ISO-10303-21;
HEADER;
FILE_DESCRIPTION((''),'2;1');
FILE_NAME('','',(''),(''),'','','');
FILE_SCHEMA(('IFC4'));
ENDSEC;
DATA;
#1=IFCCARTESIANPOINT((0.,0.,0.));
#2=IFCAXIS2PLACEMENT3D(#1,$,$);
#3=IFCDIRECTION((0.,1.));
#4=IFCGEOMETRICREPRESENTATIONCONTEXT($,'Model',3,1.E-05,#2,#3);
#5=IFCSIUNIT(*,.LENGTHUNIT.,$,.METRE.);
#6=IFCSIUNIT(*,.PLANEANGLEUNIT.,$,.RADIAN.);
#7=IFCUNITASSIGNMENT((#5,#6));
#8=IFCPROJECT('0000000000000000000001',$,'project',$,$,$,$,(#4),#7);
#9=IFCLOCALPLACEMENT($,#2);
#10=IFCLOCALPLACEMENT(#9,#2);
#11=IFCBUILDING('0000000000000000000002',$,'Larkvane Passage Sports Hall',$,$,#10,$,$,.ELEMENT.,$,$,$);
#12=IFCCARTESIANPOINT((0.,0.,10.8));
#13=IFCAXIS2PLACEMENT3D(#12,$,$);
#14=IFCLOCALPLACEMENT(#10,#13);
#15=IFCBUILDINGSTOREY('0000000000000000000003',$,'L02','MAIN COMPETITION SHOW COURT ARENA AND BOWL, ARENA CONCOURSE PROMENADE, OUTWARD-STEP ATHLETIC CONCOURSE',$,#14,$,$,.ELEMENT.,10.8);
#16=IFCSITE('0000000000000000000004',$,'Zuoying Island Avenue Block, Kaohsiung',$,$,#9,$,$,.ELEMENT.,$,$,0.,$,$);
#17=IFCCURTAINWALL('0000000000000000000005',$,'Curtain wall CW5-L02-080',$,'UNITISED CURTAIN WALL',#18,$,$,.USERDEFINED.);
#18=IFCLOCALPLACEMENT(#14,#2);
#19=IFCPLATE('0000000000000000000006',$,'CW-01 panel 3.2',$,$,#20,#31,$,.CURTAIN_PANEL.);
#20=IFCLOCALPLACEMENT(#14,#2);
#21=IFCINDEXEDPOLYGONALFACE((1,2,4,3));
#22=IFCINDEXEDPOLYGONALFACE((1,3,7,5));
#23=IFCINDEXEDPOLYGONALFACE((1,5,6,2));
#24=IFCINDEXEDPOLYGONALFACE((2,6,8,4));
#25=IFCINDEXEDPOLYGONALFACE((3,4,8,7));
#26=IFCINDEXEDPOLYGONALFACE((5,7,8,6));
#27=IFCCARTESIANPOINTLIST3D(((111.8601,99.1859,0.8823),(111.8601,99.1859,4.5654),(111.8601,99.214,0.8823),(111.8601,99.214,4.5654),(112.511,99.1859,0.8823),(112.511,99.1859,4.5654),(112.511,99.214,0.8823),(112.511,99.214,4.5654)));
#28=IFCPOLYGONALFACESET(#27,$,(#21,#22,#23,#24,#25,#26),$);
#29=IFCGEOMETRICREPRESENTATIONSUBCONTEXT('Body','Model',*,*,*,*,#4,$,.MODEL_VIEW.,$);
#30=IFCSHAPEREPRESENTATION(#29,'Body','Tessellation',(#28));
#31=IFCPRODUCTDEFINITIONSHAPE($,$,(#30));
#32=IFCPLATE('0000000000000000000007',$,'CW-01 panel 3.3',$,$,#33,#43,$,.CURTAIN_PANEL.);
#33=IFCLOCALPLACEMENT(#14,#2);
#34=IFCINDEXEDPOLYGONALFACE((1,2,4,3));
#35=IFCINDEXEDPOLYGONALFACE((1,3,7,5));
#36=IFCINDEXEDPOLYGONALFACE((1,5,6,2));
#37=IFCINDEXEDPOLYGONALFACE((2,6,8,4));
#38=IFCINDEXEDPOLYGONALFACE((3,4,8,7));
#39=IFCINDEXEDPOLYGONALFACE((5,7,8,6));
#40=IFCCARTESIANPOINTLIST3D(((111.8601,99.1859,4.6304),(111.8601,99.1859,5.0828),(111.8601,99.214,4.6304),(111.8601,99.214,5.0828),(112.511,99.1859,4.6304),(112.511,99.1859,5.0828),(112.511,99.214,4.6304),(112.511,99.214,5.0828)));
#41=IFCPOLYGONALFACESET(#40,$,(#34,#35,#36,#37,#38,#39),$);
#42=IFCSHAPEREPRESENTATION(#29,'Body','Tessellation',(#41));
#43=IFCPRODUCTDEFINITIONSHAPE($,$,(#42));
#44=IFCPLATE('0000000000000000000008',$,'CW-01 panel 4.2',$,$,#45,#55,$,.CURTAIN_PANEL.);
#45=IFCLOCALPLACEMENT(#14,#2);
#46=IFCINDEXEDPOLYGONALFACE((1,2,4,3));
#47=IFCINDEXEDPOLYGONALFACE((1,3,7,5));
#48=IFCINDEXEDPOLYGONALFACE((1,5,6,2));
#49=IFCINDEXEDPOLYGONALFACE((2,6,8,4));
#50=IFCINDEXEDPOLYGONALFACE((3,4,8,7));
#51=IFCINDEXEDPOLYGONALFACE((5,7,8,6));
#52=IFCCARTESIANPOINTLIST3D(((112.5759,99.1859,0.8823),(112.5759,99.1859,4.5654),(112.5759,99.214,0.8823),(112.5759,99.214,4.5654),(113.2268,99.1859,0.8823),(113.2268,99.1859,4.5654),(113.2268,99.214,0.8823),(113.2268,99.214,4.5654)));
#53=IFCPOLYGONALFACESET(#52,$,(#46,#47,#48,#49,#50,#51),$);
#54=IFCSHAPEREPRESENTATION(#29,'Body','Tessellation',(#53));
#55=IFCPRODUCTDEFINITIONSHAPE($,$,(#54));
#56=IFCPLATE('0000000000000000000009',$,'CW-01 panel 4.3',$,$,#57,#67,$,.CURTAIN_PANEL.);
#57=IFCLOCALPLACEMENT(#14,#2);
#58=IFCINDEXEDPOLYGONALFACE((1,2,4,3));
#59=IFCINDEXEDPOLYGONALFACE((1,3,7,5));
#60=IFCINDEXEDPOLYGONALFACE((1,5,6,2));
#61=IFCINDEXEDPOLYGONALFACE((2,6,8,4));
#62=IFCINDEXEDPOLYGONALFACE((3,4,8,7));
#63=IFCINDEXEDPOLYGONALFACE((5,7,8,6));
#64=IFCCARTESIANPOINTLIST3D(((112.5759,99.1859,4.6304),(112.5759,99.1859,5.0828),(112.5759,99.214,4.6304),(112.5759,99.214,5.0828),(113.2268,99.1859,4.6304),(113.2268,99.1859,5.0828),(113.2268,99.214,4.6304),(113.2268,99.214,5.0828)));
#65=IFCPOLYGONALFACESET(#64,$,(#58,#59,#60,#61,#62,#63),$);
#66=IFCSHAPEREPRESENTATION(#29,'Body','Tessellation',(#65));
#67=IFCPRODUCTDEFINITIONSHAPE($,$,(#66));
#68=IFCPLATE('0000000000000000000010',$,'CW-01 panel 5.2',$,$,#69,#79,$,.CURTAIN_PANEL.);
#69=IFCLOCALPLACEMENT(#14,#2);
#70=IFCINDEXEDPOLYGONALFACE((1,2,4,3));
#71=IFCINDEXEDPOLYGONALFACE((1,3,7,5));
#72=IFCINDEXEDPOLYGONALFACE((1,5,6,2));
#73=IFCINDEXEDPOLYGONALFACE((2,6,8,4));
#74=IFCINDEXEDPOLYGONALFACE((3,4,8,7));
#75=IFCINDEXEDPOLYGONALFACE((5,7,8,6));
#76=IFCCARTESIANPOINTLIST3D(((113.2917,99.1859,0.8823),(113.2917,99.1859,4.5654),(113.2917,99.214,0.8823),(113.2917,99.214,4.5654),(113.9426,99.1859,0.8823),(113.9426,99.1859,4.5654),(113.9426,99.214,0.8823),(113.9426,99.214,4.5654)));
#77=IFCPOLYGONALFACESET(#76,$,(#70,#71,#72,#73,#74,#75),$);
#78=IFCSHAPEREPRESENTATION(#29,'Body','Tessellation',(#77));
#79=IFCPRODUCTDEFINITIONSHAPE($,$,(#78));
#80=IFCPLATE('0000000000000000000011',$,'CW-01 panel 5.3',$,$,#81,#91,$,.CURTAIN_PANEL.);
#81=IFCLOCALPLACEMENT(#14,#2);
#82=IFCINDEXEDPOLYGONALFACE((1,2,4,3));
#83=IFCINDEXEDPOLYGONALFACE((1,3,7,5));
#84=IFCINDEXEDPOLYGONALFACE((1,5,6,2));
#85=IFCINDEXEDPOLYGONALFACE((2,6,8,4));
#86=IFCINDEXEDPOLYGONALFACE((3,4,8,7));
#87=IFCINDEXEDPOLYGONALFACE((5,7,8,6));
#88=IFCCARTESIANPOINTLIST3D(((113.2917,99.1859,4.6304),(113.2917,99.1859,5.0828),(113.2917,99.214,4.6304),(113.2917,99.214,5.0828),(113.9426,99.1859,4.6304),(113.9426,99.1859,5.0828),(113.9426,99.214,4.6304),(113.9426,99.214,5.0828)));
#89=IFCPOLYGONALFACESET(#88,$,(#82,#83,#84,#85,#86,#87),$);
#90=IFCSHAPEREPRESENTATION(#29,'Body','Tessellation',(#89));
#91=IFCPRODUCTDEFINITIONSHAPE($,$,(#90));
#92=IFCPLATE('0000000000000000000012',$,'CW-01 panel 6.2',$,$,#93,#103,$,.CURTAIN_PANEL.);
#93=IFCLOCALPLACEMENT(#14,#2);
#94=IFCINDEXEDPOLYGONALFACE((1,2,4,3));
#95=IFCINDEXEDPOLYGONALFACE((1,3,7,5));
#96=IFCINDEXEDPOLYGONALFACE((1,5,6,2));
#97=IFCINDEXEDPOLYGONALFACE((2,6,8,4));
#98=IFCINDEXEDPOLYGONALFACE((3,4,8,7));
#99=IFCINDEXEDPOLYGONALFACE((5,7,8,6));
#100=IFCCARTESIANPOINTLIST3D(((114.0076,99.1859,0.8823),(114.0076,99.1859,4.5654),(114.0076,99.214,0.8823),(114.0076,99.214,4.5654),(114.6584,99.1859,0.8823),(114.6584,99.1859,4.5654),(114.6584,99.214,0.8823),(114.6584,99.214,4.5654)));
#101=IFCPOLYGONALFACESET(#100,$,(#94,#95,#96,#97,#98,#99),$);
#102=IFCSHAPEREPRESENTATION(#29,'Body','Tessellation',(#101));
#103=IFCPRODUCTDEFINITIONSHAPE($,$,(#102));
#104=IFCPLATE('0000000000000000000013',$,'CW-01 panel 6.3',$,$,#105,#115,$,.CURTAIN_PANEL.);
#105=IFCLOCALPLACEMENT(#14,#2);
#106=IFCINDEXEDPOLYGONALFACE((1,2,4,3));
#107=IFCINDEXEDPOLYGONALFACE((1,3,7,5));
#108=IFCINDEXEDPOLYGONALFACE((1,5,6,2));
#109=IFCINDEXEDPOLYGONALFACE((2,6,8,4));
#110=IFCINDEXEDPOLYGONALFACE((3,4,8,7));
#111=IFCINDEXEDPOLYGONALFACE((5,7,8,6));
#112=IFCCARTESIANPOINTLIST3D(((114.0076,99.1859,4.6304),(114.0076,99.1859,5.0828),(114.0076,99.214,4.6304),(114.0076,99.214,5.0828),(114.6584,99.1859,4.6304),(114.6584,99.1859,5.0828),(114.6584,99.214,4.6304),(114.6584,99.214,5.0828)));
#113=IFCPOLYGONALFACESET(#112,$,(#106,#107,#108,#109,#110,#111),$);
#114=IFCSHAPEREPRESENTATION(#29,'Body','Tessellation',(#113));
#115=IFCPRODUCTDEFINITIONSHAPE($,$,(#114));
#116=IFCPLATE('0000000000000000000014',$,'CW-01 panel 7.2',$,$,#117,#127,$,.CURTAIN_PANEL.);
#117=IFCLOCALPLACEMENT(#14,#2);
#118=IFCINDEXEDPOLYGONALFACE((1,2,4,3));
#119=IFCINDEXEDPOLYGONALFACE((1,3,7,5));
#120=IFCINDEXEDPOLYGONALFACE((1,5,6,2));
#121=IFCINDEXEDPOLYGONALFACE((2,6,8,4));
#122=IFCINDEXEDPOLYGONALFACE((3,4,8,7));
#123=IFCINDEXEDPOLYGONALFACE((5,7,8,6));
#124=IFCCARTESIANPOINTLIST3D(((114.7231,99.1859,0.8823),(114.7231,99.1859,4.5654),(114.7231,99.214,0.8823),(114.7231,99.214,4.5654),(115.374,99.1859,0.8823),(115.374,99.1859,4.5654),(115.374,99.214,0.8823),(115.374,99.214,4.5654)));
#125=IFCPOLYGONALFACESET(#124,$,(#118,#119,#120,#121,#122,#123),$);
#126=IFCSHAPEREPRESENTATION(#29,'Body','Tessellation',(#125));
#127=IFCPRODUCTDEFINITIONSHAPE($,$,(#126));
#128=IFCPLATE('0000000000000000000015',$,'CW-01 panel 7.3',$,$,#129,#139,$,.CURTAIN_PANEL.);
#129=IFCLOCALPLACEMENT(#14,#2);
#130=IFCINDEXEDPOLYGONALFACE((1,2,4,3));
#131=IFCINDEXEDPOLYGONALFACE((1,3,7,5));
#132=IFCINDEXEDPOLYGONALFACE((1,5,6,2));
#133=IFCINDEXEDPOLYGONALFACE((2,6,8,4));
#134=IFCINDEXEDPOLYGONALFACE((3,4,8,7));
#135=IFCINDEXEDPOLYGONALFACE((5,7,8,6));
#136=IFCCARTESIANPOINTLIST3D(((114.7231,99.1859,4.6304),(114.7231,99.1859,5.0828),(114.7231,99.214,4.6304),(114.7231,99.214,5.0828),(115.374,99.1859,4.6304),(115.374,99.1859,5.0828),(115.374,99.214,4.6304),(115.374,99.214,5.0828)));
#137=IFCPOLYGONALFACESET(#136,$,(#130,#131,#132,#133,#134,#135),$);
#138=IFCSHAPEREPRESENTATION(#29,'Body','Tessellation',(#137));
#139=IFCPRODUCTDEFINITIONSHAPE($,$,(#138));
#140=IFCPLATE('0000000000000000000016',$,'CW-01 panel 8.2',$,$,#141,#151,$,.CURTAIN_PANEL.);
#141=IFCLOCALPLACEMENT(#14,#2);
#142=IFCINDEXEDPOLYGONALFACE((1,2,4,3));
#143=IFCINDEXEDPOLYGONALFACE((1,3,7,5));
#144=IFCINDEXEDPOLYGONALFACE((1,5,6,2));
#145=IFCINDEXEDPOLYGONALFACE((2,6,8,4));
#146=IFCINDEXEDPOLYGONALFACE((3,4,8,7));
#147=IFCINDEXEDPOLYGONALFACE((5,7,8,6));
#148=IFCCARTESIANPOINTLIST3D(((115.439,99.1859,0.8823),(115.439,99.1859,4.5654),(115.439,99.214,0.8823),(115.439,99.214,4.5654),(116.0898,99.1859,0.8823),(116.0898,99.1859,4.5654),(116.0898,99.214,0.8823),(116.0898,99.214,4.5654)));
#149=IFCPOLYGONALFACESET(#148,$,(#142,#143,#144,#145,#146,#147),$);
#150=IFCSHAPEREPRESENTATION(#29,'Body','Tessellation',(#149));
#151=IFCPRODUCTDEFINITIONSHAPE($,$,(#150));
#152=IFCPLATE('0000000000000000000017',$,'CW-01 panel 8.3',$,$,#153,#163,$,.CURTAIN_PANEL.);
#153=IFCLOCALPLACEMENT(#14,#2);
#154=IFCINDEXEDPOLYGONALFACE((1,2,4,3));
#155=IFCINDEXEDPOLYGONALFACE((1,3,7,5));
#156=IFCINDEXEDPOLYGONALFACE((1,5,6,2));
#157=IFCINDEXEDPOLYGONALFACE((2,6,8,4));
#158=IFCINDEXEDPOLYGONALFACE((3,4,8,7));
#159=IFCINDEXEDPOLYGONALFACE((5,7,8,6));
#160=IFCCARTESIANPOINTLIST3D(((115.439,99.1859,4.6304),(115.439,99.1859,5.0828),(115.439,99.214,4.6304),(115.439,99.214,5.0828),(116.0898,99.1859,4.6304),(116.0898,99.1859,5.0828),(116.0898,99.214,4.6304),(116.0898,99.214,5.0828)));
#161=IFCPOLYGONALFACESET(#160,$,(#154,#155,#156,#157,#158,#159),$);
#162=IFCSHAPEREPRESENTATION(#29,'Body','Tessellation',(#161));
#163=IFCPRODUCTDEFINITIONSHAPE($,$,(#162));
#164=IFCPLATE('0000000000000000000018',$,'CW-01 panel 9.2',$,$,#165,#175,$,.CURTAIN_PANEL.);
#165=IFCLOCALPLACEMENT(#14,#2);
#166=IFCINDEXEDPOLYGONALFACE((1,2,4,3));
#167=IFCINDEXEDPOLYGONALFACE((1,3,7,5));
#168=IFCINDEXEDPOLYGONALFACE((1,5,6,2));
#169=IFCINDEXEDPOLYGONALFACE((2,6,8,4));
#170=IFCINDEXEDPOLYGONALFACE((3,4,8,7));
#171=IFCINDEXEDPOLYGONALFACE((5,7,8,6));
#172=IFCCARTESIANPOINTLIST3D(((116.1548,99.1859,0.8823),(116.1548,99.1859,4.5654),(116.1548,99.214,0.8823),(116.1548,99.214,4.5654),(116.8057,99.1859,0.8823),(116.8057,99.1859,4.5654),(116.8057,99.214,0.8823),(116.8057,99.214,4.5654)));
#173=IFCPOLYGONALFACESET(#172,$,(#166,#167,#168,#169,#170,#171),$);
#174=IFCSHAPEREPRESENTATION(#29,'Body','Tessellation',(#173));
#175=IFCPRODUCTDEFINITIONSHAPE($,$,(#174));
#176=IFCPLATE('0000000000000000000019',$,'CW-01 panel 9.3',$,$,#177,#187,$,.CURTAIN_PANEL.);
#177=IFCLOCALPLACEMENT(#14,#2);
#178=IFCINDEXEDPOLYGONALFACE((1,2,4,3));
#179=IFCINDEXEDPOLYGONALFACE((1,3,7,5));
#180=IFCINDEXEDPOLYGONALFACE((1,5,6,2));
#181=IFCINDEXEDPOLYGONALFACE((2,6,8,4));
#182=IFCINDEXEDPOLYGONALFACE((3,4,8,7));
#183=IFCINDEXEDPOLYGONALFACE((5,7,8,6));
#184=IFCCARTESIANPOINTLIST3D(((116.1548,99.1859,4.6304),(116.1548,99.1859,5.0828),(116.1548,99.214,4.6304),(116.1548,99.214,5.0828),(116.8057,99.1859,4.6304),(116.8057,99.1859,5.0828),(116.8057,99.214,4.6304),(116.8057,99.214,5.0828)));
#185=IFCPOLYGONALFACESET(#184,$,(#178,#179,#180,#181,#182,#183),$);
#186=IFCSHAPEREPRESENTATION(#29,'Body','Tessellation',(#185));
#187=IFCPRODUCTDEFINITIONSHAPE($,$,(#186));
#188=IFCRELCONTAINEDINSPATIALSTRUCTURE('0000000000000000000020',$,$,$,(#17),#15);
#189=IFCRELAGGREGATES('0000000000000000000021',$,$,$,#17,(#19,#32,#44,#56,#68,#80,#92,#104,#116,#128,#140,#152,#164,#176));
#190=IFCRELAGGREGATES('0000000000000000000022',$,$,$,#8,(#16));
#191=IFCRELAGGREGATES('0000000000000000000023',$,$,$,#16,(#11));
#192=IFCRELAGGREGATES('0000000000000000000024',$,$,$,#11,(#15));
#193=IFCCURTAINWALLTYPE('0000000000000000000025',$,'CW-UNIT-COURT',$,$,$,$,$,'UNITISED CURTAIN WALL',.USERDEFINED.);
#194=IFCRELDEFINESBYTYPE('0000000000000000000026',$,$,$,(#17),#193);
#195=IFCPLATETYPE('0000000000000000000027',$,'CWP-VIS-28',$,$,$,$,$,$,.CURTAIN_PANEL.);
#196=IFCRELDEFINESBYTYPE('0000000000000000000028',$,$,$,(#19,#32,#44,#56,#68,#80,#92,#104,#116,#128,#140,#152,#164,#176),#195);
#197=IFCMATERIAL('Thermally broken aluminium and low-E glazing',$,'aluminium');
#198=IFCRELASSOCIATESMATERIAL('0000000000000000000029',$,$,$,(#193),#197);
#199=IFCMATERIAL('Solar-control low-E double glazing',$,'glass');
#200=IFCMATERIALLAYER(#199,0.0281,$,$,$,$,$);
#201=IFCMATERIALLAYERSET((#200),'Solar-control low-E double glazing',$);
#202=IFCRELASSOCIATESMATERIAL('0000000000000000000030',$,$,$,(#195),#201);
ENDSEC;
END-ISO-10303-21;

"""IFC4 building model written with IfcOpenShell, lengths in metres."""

from ifc_helpers import new_model, si_unit, direction, frame, origin, origin_2d, place, context, subcontext, project, spatial, rectangle, extrude, material, layer, layer_set, type_object, element, aggregate, save


model = new_model("IFC4")

# Units and contexts
model_context = context("Model", 3, precision=1e-05, world=origin(), true_north=direction((0.0, 1.0)))
body_context = subcontext(model_context, "Body", "Model", "MODEL_VIEW")
ifc_project = project(units=[si_unit("LENGTHUNIT", "METRE"), si_unit("PLANEANGLEUNIT", "RADIAN")], contexts=[model_context])

# Site, building, storey
site_placement = place(None, origin())
site = spatial("IfcSite", under=ifc_project, at=site_placement, Name="Zuoying Island Avenue Block, Kaohsiung", CompositionType="ELEMENT", RefElevation=0.0)
building_placement = place(site_placement, origin())
building = spatial("IfcBuilding", under=site, at=building_placement, Name="Larkvane Passage Sports Hall", CompositionType="ELEMENT")
storey_placement = place(building_placement, frame((0.0, 0.0, 10.8)))
storey = spatial("IfcBuildingStorey", under=building, at=storey_placement, Name="L02", Description="MAIN COMPETITION SHOW COURT ARENA AND BOWL, ARENA CONCOURSE PROMENADE, OUTWARD-STEP ATHLETIC CONCOURSE", CompositionType="ELEMENT", Elevation=10.8)

# Curtain wall, plates
ifc_material_1 = material(Name="Thermally broken aluminium and low-E glazing", Category="aluminium")
curtain_wall_type = type_object("IfcCurtainWallType", Name="CW-UNIT-COURT", ElementType="UNITISED CURTAIN WALL", PredefinedType="USERDEFINED", material=ifc_material_1)
curtain_wall_placement = place(storey_placement, origin())
curtain_wall = element("IfcCurtainWall", 1, at=curtain_wall_placement, inside=storey, type_object=curtain_wall_type, Name="Curtain wall CW5-L02-080", ObjectType="UNITISED CURTAIN WALL", PredefinedType="USERDEFINED")
ifc_material_2 = material(Name="Solar-control low-E double glazing", Category="glass")
ifc_layer = layer(ifc_material_2, 0.0281)
ifc_layer_set = layer_set([ifc_layer], Name="Solar-control low-E double glazing")
plate_type = type_object("IfcPlateType", Name="CWP-VIS-28", PredefinedType="CURTAIN_PANEL", material=ifc_layer_set)
plate_1_placement = place(storey_placement, frame((112.1855, 99.2, 0.8823), z_axis=(0.0, 0.0, 1.0), x_axis=(1.0, 0.0, 0.0)))
plate_1 = element("IfcPlate", 2, at=plate_1_placement, type_object=plate_type, Name="CW-01 panel 3.2", PredefinedType="CURTAIN_PANEL", context=body_context, shape_type="SweptSolid", body=[
    extrude(rectangle(XDim=0.6509, YDim=0.0281, at=origin_2d()), origin(), (0.0, 0.0, 1.0), 3.6831),
])
plate_2_placement = place(storey_placement, frame((112.1855, 99.2, 4.6304), z_axis=(0.0, 0.0, 1.0), x_axis=(1.0, 0.0, 0.0)))
plate_2 = element("IfcPlate", 3, at=plate_2_placement, type_object=plate_type, Name="CW-01 panel 3.3", PredefinedType="CURTAIN_PANEL", context=body_context, shape_type="SweptSolid", body=[
    extrude(rectangle(XDim=0.6509, YDim=0.0281, at=origin_2d()), origin(), (0.0, 0.0, 1.0), 0.4524),
])
plate_3_placement = place(storey_placement, frame((112.9014, 99.2, 0.8823), z_axis=(0.0, 0.0, 1.0), x_axis=(1.0, 0.0, 0.0)))
plate_3 = element("IfcPlate", 4, at=plate_3_placement, type_object=plate_type, Name="CW-01 panel 4.2", PredefinedType="CURTAIN_PANEL", context=body_context, shape_type="SweptSolid", body=[
    extrude(rectangle(XDim=0.6509, YDim=0.0281, at=origin_2d()), origin(), (0.0, 0.0, 1.0), 3.6831),
])
plate_4_placement = place(storey_placement, frame((112.9014, 99.2, 4.6304), z_axis=(0.0, 0.0, 1.0), x_axis=(1.0, 0.0, 0.0)))
plate_4 = element("IfcPlate", 5, at=plate_4_placement, type_object=plate_type, Name="CW-01 panel 4.3", PredefinedType="CURTAIN_PANEL", context=body_context, shape_type="SweptSolid", body=[
    extrude(rectangle(XDim=0.6509, YDim=0.0281, at=origin_2d()), origin(), (0.0, 0.0, 1.0), 0.4524),
])
plate_5_placement = place(storey_placement, frame((113.6172, 99.2, 0.8823), z_axis=(0.0, 0.0, 1.0), x_axis=(1.0, 0.0, 0.0)))
plate_5 = element("IfcPlate", 6, at=plate_5_placement, type_object=plate_type, Name="CW-01 panel 5.2", PredefinedType="CURTAIN_PANEL", context=body_context, shape_type="SweptSolid", body=[
    extrude(rectangle(XDim=0.6509, YDim=0.0281, at=origin_2d()), origin(), (0.0, 0.0, 1.0), 3.6831),
])
plate_6_placement = place(storey_placement, frame((113.6172, 99.2, 4.6304), z_axis=(0.0, 0.0, 1.0), x_axis=(1.0, 0.0, 0.0)))
plate_6 = element("IfcPlate", 7, at=plate_6_placement, type_object=plate_type, Name="CW-01 panel 5.3", PredefinedType="CURTAIN_PANEL", context=body_context, shape_type="SweptSolid", body=[
    extrude(rectangle(XDim=0.6509, YDim=0.0281, at=origin_2d()), origin(), (0.0, 0.0, 1.0), 0.4524),
])
plate_7_placement = place(storey_placement, frame((114.333, 99.2, 0.8823), z_axis=(0.0, 0.0, 1.0), x_axis=(1.0, 0.0, 0.0)))
plate_7 = element("IfcPlate", 8, at=plate_7_placement, type_object=plate_type, Name="CW-01 panel 6.2", PredefinedType="CURTAIN_PANEL", context=body_context, shape_type="SweptSolid", body=[
    extrude(rectangle(XDim=0.6509, YDim=0.0281, at=origin_2d()), origin(), (0.0, 0.0, 1.0), 3.6831),
])
plate_8_placement = place(storey_placement, frame((114.333, 99.2, 4.6304), z_axis=(0.0, 0.0, 1.0), x_axis=(1.0, 0.0, 0.0)))
plate_8 = element("IfcPlate", 9, at=plate_8_placement, type_object=plate_type, Name="CW-01 panel 6.3", PredefinedType="CURTAIN_PANEL", context=body_context, shape_type="SweptSolid", body=[
    extrude(rectangle(XDim=0.6509, YDim=0.0281, at=origin_2d()), origin(), (0.0, 0.0, 1.0), 0.4524),
])
plate_9_placement = place(storey_placement, frame((115.0486, 99.2, 0.8823), z_axis=(0.0, 0.0, 1.0), x_axis=(1.0, 0.0, 0.0)))
plate_9 = element("IfcPlate", 10, at=plate_9_placement, type_object=plate_type, Name="CW-01 panel 7.2", PredefinedType="CURTAIN_PANEL", context=body_context, shape_type="SweptSolid", body=[
    extrude(rectangle(XDim=0.6509, YDim=0.0281, at=origin_2d()), origin(), (0.0, 0.0, 1.0), 3.6831),
])
plate_10_placement = place(storey_placement, frame((115.0486, 99.2, 4.6304), z_axis=(0.0, 0.0, 1.0), x_axis=(1.0, 0.0, 0.0)))
plate_10 = element("IfcPlate", 11, at=plate_10_placement, type_object=plate_type, Name="CW-01 panel 7.3", PredefinedType="CURTAIN_PANEL", context=body_context, shape_type="SweptSolid", body=[
    extrude(rectangle(XDim=0.6509, YDim=0.0281, at=origin_2d()), origin(), (0.0, 0.0, 1.0), 0.4524),
])
plate_11_placement = place(storey_placement, frame((115.7644, 99.2, 0.8823), z_axis=(0.0, 0.0, 1.0), x_axis=(1.0, 0.0, 0.0)))
plate_11 = element("IfcPlate", 12, at=plate_11_placement, type_object=plate_type, Name="CW-01 panel 8.2", PredefinedType="CURTAIN_PANEL", context=body_context, shape_type="SweptSolid", body=[
    extrude(rectangle(XDim=0.6509, YDim=0.0281, at=origin_2d()), origin(), (0.0, 0.0, 1.0), 3.6831),
])
plate_12_placement = place(storey_placement, frame((115.7644, 99.2, 4.6304), z_axis=(0.0, 0.0, 1.0), x_axis=(1.0, 0.0, 0.0)))
plate_12 = element("IfcPlate", 13, at=plate_12_placement, type_object=plate_type, Name="CW-01 panel 8.3", PredefinedType="CURTAIN_PANEL", context=body_context, shape_type="SweptSolid", body=[
    extrude(rectangle(XDim=0.6509, YDim=0.0281, at=origin_2d()), origin(), (0.0, 0.0, 1.0), 0.4524),
])
plate_13_placement = place(storey_placement, frame((116.4802, 99.2, 0.8823), z_axis=(0.0, 0.0, 1.0), x_axis=(1.0, 0.0, 0.0)))
plate_13 = element("IfcPlate", 14, at=plate_13_placement, type_object=plate_type, Name="CW-01 panel 9.2", PredefinedType="CURTAIN_PANEL", context=body_context, shape_type="SweptSolid", body=[
    extrude(rectangle(XDim=0.6509, YDim=0.0281, at=origin_2d()), origin(), (0.0, 0.0, 1.0), 3.6831),
])
plate_14_placement = place(storey_placement, frame((116.4802, 99.2, 4.6304), z_axis=(0.0, 0.0, 1.0), x_axis=(1.0, 0.0, 0.0)))
plate_14 = element("IfcPlate", 15, at=plate_14_placement, type_object=plate_type, Name="CW-01 panel 9.3", PredefinedType="CURTAIN_PANEL", context=body_context, shape_type="SweptSolid", body=[
    extrude(rectangle(XDim=0.6509, YDim=0.0281, at=origin_2d()), origin(), (0.0, 0.0, 1.0), 0.4524),
])
aggregate(curtain_wall, [plate_1, plate_2, plate_3, plate_4, plate_5, plate_6, plate_7, plate_8, plate_9, plate_10, plate_11, plate_12, plate_13, plate_14])

save(model, "model.ifc")
